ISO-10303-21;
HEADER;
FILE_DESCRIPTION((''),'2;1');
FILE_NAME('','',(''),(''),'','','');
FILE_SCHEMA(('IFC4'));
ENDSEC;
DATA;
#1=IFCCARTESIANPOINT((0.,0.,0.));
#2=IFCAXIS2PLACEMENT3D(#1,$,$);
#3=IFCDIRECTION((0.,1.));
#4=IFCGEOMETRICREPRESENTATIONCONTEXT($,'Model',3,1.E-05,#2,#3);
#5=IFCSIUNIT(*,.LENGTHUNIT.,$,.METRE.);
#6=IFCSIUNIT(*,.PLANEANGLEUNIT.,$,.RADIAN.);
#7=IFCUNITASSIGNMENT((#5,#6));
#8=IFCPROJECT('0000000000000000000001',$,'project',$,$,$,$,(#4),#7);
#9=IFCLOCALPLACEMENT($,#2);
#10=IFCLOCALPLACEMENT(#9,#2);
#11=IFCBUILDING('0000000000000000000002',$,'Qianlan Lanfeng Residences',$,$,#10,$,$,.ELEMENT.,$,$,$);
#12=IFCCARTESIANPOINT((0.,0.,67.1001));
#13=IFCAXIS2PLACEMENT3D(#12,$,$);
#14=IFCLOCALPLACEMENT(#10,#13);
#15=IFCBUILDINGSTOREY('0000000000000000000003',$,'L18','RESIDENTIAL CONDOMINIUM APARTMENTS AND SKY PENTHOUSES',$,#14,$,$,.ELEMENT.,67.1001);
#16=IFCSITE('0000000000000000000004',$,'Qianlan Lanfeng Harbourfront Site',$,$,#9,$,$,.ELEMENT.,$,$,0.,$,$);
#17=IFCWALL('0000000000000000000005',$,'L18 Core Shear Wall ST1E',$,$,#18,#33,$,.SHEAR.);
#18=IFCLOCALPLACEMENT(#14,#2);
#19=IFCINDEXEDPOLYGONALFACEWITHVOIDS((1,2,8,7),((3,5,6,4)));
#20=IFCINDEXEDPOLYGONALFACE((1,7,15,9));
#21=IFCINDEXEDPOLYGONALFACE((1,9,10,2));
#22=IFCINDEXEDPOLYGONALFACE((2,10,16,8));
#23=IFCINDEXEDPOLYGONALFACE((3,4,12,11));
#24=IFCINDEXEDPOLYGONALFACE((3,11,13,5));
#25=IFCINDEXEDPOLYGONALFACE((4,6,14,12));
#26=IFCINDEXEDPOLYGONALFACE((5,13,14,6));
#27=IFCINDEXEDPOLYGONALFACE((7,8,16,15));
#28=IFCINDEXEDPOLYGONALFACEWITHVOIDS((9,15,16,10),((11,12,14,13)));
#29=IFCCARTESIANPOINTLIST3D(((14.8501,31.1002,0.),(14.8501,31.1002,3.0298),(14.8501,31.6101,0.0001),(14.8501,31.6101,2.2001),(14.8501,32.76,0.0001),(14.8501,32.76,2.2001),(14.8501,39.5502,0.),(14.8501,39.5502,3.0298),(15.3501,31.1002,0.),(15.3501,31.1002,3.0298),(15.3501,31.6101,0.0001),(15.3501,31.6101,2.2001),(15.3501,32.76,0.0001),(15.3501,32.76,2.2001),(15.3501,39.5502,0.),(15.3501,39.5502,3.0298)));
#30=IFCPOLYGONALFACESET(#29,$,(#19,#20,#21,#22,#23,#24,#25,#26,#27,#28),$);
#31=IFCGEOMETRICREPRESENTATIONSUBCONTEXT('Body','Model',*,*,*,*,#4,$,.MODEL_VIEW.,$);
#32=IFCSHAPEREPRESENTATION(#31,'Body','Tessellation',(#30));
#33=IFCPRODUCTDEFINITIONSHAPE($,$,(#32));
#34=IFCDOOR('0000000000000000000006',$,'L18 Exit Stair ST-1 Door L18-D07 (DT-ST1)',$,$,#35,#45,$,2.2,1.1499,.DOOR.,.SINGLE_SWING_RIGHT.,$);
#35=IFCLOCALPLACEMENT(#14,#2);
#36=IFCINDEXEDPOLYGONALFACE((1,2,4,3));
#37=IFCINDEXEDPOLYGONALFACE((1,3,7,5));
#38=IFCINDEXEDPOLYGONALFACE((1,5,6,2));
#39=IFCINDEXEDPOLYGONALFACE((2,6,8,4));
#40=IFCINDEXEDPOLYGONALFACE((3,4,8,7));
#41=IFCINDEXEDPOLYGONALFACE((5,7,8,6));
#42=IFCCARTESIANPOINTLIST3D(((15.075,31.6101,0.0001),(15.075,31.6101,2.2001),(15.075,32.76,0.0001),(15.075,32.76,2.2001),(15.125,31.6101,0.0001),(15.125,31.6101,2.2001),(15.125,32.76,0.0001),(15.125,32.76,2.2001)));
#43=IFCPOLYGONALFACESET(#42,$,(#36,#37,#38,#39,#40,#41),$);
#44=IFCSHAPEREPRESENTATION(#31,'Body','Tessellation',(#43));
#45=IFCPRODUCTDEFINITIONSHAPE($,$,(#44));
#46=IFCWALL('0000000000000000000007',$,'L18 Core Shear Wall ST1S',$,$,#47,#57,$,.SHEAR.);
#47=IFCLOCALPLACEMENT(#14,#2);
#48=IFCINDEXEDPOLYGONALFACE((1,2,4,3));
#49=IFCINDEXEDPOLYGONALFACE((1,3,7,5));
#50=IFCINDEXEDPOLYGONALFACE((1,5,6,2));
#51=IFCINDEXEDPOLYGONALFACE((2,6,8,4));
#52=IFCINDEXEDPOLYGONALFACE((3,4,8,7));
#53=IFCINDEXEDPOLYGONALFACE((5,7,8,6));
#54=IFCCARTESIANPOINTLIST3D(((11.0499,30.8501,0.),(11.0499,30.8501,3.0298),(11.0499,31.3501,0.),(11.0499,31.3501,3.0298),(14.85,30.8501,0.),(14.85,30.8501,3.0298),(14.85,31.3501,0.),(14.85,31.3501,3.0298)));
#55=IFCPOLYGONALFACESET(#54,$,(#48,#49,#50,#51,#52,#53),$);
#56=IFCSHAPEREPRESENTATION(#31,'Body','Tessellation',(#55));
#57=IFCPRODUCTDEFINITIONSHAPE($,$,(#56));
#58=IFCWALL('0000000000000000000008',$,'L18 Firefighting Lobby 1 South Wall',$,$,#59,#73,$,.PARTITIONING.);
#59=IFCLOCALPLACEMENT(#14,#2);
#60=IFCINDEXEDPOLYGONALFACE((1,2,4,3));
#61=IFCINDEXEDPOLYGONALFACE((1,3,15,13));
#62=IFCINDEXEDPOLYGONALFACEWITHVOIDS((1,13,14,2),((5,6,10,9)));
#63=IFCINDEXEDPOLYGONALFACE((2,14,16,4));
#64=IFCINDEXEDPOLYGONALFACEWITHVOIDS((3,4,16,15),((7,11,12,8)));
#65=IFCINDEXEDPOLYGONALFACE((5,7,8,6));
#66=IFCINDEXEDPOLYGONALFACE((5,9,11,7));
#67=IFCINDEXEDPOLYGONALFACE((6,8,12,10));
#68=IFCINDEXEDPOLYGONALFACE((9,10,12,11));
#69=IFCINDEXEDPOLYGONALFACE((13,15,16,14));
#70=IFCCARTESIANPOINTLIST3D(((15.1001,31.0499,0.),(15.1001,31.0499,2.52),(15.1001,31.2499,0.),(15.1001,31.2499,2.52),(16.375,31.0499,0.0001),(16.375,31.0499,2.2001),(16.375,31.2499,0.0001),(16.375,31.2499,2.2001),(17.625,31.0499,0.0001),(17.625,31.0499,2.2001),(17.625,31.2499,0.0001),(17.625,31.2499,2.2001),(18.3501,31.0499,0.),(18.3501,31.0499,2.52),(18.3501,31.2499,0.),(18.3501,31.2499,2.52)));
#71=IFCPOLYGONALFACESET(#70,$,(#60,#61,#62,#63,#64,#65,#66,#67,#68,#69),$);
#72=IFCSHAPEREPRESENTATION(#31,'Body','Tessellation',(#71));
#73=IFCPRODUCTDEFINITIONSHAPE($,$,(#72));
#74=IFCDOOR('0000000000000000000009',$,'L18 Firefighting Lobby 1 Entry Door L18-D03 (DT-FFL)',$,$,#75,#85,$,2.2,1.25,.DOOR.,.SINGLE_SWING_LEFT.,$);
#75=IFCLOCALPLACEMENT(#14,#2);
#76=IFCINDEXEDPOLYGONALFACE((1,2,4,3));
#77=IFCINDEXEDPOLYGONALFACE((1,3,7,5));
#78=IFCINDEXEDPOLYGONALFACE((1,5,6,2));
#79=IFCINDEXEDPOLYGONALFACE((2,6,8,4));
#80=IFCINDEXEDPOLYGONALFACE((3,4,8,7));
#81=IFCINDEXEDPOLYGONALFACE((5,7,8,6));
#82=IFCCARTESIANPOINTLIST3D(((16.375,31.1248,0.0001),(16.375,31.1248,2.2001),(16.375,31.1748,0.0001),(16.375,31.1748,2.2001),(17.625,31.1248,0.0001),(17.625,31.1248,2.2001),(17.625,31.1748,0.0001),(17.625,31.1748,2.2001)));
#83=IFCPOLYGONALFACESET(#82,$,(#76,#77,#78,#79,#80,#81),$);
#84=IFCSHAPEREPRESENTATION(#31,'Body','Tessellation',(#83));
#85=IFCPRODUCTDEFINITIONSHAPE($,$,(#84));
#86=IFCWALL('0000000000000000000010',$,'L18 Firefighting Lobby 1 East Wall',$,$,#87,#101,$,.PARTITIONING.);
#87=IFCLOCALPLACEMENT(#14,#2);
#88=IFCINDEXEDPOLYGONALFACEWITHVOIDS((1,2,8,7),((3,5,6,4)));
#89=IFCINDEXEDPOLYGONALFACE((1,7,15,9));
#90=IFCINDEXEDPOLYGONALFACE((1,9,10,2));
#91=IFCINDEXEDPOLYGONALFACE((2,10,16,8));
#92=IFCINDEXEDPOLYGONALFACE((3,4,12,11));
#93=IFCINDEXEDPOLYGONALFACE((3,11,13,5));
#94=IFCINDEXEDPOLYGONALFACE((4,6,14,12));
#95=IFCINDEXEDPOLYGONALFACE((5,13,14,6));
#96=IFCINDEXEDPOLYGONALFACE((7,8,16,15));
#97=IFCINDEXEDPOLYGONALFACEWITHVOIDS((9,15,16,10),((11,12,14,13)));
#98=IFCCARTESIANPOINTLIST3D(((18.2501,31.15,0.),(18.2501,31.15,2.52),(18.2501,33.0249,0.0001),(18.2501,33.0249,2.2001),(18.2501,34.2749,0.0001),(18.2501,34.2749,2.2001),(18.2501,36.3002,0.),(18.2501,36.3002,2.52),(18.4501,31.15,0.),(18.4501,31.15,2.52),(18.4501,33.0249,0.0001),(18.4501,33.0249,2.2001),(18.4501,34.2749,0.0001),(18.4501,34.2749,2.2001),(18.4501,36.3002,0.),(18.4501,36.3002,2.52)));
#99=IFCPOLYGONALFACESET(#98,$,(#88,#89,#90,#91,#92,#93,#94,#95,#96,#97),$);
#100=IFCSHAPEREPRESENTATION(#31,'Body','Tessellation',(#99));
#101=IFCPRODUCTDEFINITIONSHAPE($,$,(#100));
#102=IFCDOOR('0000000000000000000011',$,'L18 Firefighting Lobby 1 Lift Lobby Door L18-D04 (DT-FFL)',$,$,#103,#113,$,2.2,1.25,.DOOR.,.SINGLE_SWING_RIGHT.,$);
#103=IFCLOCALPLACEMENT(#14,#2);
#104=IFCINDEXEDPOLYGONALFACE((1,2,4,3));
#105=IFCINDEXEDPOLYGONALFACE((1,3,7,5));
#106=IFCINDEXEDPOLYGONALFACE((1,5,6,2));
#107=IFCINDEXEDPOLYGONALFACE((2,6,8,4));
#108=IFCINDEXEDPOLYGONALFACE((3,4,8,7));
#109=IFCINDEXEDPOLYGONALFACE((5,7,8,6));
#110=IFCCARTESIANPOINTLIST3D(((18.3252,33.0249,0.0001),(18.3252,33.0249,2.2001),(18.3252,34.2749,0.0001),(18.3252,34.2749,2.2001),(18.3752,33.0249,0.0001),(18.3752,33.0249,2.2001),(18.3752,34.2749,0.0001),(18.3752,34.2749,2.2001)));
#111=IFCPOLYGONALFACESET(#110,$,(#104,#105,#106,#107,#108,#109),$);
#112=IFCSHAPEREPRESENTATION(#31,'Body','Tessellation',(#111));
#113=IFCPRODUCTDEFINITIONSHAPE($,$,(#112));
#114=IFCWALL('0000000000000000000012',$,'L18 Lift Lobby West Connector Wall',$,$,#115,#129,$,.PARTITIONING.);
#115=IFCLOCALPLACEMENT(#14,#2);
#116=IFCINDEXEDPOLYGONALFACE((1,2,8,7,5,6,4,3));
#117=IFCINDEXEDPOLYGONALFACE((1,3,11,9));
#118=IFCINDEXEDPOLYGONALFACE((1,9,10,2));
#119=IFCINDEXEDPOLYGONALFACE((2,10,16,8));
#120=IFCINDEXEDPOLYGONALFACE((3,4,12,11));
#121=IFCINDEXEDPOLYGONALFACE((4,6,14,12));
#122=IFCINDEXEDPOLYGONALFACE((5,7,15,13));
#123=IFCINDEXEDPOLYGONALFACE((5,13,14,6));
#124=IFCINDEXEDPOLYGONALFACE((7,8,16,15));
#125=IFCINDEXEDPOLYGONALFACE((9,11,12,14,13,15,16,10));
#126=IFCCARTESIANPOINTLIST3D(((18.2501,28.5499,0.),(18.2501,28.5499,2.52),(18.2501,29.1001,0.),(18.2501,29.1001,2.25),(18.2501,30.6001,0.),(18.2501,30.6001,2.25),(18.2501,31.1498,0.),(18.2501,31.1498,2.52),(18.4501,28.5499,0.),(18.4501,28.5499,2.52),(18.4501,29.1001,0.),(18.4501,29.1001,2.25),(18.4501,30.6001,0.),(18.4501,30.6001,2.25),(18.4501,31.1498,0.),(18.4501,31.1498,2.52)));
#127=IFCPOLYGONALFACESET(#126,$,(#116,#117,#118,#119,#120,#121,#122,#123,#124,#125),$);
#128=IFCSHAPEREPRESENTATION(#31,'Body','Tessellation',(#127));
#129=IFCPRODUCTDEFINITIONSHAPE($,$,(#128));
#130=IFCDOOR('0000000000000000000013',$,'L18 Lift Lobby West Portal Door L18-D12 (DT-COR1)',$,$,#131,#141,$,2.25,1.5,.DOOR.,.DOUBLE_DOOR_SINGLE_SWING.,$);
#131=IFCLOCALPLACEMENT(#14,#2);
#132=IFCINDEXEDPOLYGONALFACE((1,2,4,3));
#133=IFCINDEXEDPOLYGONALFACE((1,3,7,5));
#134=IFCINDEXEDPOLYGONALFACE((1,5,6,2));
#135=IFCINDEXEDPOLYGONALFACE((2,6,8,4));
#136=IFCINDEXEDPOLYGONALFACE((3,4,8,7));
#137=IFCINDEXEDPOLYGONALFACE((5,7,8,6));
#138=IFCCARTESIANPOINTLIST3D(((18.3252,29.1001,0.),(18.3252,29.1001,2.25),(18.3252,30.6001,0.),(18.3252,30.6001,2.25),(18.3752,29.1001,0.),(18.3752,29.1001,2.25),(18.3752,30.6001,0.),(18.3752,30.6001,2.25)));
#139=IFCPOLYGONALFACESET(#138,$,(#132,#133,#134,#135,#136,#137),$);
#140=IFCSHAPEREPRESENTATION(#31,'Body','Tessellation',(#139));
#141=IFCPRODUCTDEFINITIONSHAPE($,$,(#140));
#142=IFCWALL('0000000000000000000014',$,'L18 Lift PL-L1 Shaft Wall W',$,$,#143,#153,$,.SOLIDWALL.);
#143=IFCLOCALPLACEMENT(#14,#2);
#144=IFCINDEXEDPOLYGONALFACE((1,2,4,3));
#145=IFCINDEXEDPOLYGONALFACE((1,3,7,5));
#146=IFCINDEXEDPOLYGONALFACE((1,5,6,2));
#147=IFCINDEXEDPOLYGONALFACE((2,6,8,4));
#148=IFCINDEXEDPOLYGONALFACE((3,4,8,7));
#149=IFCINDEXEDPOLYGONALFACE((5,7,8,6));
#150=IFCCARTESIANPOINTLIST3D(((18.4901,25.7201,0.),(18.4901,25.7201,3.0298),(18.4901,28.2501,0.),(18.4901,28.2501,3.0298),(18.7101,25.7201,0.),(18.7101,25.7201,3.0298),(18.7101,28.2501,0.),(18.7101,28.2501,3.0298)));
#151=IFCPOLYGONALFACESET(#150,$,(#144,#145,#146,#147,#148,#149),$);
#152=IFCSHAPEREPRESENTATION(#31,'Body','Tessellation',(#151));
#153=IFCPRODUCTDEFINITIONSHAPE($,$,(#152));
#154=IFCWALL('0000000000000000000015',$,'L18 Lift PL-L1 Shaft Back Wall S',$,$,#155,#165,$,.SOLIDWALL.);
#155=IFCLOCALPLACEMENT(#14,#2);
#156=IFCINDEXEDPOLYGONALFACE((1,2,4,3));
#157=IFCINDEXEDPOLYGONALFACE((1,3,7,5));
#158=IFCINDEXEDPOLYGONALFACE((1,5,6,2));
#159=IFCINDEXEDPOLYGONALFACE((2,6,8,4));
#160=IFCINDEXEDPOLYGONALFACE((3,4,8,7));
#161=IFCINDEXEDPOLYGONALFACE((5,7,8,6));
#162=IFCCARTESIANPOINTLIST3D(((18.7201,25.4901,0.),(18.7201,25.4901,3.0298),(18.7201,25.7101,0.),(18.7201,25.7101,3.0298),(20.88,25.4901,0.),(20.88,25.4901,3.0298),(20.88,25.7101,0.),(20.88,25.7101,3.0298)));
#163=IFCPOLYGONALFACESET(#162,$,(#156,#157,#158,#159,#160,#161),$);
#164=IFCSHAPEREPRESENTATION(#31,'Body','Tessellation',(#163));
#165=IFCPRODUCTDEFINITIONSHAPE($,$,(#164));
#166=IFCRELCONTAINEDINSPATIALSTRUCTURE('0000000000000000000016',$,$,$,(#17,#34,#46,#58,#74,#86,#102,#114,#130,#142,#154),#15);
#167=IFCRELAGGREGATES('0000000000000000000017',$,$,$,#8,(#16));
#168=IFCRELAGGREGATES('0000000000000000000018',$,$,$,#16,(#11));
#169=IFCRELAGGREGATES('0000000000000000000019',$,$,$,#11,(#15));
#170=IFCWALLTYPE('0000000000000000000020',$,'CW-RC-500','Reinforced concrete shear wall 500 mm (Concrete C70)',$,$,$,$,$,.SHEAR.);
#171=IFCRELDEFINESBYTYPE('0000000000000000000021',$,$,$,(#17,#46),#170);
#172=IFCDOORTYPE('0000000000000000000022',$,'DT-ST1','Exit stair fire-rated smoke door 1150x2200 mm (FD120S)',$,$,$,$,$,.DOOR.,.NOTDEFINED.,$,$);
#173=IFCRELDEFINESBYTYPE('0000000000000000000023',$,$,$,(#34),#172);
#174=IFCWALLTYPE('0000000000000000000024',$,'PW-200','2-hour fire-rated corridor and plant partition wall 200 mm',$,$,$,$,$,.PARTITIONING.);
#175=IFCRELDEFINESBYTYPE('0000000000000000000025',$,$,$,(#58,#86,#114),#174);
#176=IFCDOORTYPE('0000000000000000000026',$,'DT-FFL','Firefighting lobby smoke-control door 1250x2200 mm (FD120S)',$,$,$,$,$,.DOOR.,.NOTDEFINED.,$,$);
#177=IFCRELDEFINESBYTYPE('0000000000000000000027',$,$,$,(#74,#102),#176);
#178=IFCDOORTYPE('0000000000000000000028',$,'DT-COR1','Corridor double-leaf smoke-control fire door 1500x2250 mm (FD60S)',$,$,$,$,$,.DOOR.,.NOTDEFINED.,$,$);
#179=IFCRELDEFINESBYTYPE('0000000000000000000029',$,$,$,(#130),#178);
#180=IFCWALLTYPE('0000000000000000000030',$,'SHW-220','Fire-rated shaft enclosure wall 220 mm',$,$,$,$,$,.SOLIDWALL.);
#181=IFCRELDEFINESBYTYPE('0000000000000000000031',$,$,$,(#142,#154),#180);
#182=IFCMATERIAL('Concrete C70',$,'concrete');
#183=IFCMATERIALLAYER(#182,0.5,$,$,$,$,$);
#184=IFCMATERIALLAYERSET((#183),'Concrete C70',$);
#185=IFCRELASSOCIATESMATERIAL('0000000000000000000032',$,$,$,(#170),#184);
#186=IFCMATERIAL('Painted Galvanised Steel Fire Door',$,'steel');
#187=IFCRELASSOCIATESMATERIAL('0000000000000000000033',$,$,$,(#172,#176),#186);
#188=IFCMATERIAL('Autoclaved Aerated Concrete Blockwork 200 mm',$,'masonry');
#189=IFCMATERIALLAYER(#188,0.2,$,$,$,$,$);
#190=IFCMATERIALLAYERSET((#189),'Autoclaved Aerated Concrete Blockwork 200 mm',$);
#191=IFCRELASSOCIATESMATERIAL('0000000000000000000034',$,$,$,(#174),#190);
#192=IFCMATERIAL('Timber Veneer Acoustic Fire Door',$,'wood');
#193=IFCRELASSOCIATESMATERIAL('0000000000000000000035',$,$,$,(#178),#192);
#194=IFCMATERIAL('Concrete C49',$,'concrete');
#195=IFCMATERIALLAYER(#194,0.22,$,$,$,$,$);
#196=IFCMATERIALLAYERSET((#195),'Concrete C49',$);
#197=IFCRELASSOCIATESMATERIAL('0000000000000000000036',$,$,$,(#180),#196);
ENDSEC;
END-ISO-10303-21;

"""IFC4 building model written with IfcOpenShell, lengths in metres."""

from ifc_helpers import new_model, si_unit, direction, frame, frame_2d, origin, place, context, subcontext, project, spatial, rectangle, extrude, material, layer, layer_set, type_object, element, fill, save


model = new_model("IFC4")

# Units and contexts
model_context = context("Model", 3, precision=1e-05, world=origin(), true_north=direction((0.0, 1.0)))
body_context = subcontext(model_context, "Body", "Model", "MODEL_VIEW")
ifc_project = project(units=[si_unit("LENGTHUNIT", "METRE"), si_unit("PLANEANGLEUNIT", "RADIAN")], contexts=[model_context])

# Site, building, storey
site_placement = place(None, origin())
site = spatial("IfcSite", under=ifc_project, at=site_placement, Name="Qianlan Lanfeng Harbourfront Site", CompositionType="ELEMENT", RefElevation=0.0)
building_placement = place(site_placement, origin())
building = spatial("IfcBuilding", under=site, at=building_placement, Name="Qianlan Lanfeng Residences", CompositionType="ELEMENT")
storey_placement = place(building_placement, frame((0.0, 0.0, 67.1001)))
storey = spatial("IfcBuildingStorey", under=building, at=storey_placement, Name="L18", Description="RESIDENTIAL CONDOMINIUM APARTMENTS AND SKY PENTHOUSES", CompositionType="ELEMENT", Elevation=67.1001)

# Wall, opening, door
ifc_material_1 = material(Name="Concrete C70", Category="concrete")
ifc_layer_1 = layer(ifc_material_1, 0.5)
ifc_layer_set_1 = layer_set([ifc_layer_1], Name="Concrete C70")
wall_type_1 = type_object("IfcWallType", Name="CW-RC-500", Description="Reinforced concrete shear wall 500 mm (Concrete C70)", PredefinedType="SHEAR", material=ifc_layer_set_1)
wall_1_placement = place(storey_placement, frame((15.1001, 31.1001, 0.0), z_axis=(0.0, 0.0, 1.0), x_axis=(0.0, 1.0, 0.0)))
wall_1 = element("IfcWall", 1, at=wall_1_placement, inside=storey, type_object=wall_type_1, Name="L18 Core Shear Wall ST1E", PredefinedType="SHEAR", context=body_context, shape_type="SweptSolid", body=[
    extrude(rectangle(XDim=8.45, YDim=0.5, at=frame_2d((4.2251, 0.0))), origin(), (0.0, 0.0, 1.0), 3.0298),
])
opening_1_placement = place(wall_1_placement, frame((0.51, 0.0, 0.0)))
opening_1 = element("IfcOpeningElement", 2, at=opening_1_placement, cuts=wall_1, PredefinedType="OPENING", context=body_context, shape_type="SweptSolid", body=[
    extrude(rectangle(XDim=1.1499, YDim=2.2, at=frame_2d((0.575, 1.1001))), frame((0.0, 0.26, 0.0), z_axis=(0.0, -1.0, 0.0), x_axis=(1.0, 0.0, 0.0)), (0.0, 0.0, 1.0), 0.52),
])
ifc_material_2 = material(Name="Painted Galvanised Steel Fire Door", Category="steel")
door_type_1 = type_object("IfcDoorType", Name="DT-ST1", Description="Exit stair fire-rated smoke door 1150x2200 mm (FD120S)", OperationType="NOTDEFINED", PredefinedType="DOOR", material=ifc_material_2)
door_1_placement = place(opening_1_placement, frame((1.1499, 0.0, 0.0), z_axis=(0.0, 0.0, 1.0), x_axis=(-1.0, 0.0, 0.0)))
door_1 = element("IfcDoor", 3, at=door_1_placement, inside=storey, type_object=door_type_1, Name="L18 Exit Stair ST-1 Door L18-D07 (DT-ST1)", OperationType="SINGLE_SWING_RIGHT", OverallHeight=2.2, OverallWidth=1.1499, PredefinedType="DOOR", context=body_context, shape_type="SweptSolid", body=[
    extrude(rectangle(XDim=1.1499, YDim=2.2, at=frame_2d((0.575, 1.1001))), frame((0.0, 0.0249, 0.0), z_axis=(0.0, -1.0, 0.0), x_axis=(1.0, 0.0, 0.0)), (0.0, 0.0, 1.0), 0.05),
])
fill(opening_1, door_1)

# Wall
wall_2_placement = place(storey_placement, frame((11.05, 31.1001, 0.0), z_axis=(0.0, 0.0, 1.0), x_axis=(1.0, 0.0, 0.0)))
element("IfcWall", 4, at=wall_2_placement, inside=storey, type_object=wall_type_1, Name="L18 Core Shear Wall ST1S", PredefinedType="SHEAR", context=body_context, shape_type="SweptSolid", body=[
    extrude(rectangle(XDim=3.8, YDim=0.5, at=frame_2d((1.8999, 0.0))), origin(), (0.0, 0.0, 1.0), 3.0298),
])

# Walls, openings, doors
ifc_material_3 = material(Name="Autoclaved Aerated Concrete Blockwork 200 mm", Category="masonry")
ifc_layer_2 = layer(ifc_material_3, 0.2)
ifc_layer_set_2 = layer_set([ifc_layer_2], Name="Autoclaved Aerated Concrete Blockwork 200 mm")
wall_type_2 = type_object("IfcWallType", Name="PW-200", Description="2-hour fire-rated corridor and plant partition wall 200 mm", PredefinedType="PARTITIONING", material=ifc_layer_set_2)
wall_3_placement = place(storey_placement, frame((15.1001, 31.1499, 0.0), z_axis=(0.0, 0.0, 1.0), x_axis=(1.0, 0.0, 0.0)))
wall_3 = element("IfcWall", 5, at=wall_3_placement, inside=storey, type_object=wall_type_2, Name="L18 Firefighting Lobby 1 South Wall", PredefinedType="PARTITIONING", context=body_context, shape_type="SweptSolid", body=[
    extrude(rectangle(XDim=3.25, YDim=0.2, at=frame_2d((1.625, 0.0))), origin(), (0.0, 0.0, 1.0), 2.52),
])
opening_2_placement = place(wall_3_placement, frame((1.2749, 0.0, 0.0)))
opening_2 = element("IfcOpeningElement", 6, at=opening_2_placement, cuts=wall_3, PredefinedType="OPENING", context=body_context, shape_type="SweptSolid", body=[
    extrude(rectangle(XDim=1.25, YDim=2.2, at=frame_2d((0.625, 1.1001))), frame((0.0, 0.1099, 0.0), z_axis=(0.0, -1.0, 0.0), x_axis=(1.0, 0.0, 0.0)), (0.0, 0.0, 1.0), 0.22),
])
door_type_2 = type_object("IfcDoorType", Name="DT-FFL", Description="Firefighting lobby smoke-control door 1250x2200 mm (FD120S)", OperationType="NOTDEFINED", PredefinedType="DOOR", material=ifc_material_2)
door_2_placement = place(opening_2_placement, origin())
door_2 = element("IfcDoor", 7, at=door_2_placement, inside=storey, type_object=door_type_2, Name="L18 Firefighting Lobby 1 Entry Door L18-D03 (DT-FFL)", OperationType="SINGLE_SWING_LEFT", OverallHeight=2.2, OverallWidth=1.25, PredefinedType="DOOR", context=body_context, shape_type="SweptSolid", body=[
    extrude(rectangle(XDim=1.25, YDim=2.2, at=frame_2d((0.625, 1.1001))), frame((0.0, 0.0249, 0.0), z_axis=(0.0, -1.0, 0.0), x_axis=(1.0, 0.0, 0.0)), (0.0, 0.0, 1.0), 0.05),
])
fill(opening_2, door_2)
wall_4_placement = place(storey_placement, frame((18.3501, 31.1499, 0.0), z_axis=(0.0, 0.0, 1.0), x_axis=(0.0, 1.0, 0.0)))
wall_4 = element("IfcWall", 8, at=wall_4_placement, inside=storey, type_object=wall_type_2, Name="L18 Firefighting Lobby 1 East Wall", PredefinedType="PARTITIONING", context=body_context, shape_type="SweptSolid", body=[
    extrude(rectangle(XDim=5.1501, YDim=0.2, at=frame_2d((2.5752, 0.0))), origin(), (0.0, 0.0, 1.0), 2.52),
])
opening_3_placement = place(wall_4_placement, frame((1.875, 0.0, 0.0)))
opening_3 = element("IfcOpeningElement", 9, at=opening_3_placement, cuts=wall_4, PredefinedType="OPENING", context=body_context, shape_type="SweptSolid", body=[
    extrude(rectangle(XDim=1.25, YDim=2.2, at=frame_2d((0.625, 1.1001))), frame((0.0, 0.1099, 0.0), z_axis=(0.0, -1.0, 0.0), x_axis=(1.0, 0.0, 0.0)), (0.0, 0.0, 1.0), 0.22),
])
door_3_placement = place(opening_3_placement, origin())
door_3 = element("IfcDoor", 10, at=door_3_placement, inside=storey, type_object=door_type_2, Name="L18 Firefighting Lobby 1 Lift Lobby Door L18-D04 (DT-FFL)", OperationType="SINGLE_SWING_RIGHT", OverallHeight=2.2, OverallWidth=1.25, PredefinedType="DOOR", context=body_context, shape_type="SweptSolid", body=[
    extrude(rectangle(XDim=1.25, YDim=2.2, at=frame_2d((0.625, 1.1001))), frame((0.0, 0.0249, 0.0), z_axis=(0.0, -1.0, 0.0), x_axis=(1.0, 0.0, 0.0)), (0.0, 0.0, 1.0), 0.05),
])
fill(opening_3, door_3)
wall_5_placement = place(storey_placement, frame((18.3501, 28.55, 0.0), z_axis=(0.0, 0.0, 1.0), x_axis=(0.0, 1.0, 0.0)))
wall_5 = element("IfcWall", 11, at=wall_5_placement, inside=storey, type_object=wall_type_2, Name="L18 Lift Lobby West Connector Wall", PredefinedType="PARTITIONING", context=body_context, shape_type="SweptSolid", body=[
    extrude(rectangle(XDim=2.5999, YDim=0.2, at=frame_2d((1.2998, 0.0))), origin(), (0.0, 0.0, 1.0), 2.52),
])
opening_4_placement = place(wall_5_placement, frame((0.55, 0.0, 0.0)))
opening_4 = element("IfcOpeningElement", 12, at=opening_4_placement, cuts=wall_5, PredefinedType="OPENING", context=body_context, shape_type="SweptSolid", body=[
    extrude(rectangle(XDim=1.5, YDim=2.25, at=frame_2d((0.75, 1.125))), frame((0.0, 0.1099, 0.0), z_axis=(0.0, -1.0, 0.0), x_axis=(1.0, 0.0, 0.0)), (0.0, 0.0, 1.0), 0.22),
])
ifc_material_4 = material(Name="Timber Veneer Acoustic Fire Door", Category="wood")
door_type_3 = type_object("IfcDoorType", Name="DT-COR1", Description="Corridor double-leaf smoke-control fire door 1500x2250 mm (FD60S)", OperationType="NOTDEFINED", PredefinedType="DOOR", material=ifc_material_4)
door_4_placement = place(opening_4_placement, origin())
door_4 = element("IfcDoor", 13, at=door_4_placement, inside=storey, type_object=door_type_3, Name="L18 Lift Lobby West Portal Door L18-D12 (DT-COR1)", OperationType="DOUBLE_DOOR_SINGLE_SWING", OverallHeight=2.25, OverallWidth=1.5, PredefinedType="DOOR", context=body_context, shape_type="SweptSolid", body=[
    extrude(rectangle(XDim=1.5, YDim=2.25, at=frame_2d((0.75, 1.125))), frame((0.0, 0.0249, 0.0), z_axis=(0.0, -1.0, 0.0), x_axis=(1.0, 0.0, 0.0)), (0.0, 0.0, 1.0), 0.05),
])
fill(opening_4, door_4)

# Walls
ifc_material_5 = material(Name="Concrete C49", Category="concrete")
ifc_layer_3 = layer(ifc_material_5, 0.22)
ifc_layer_set_3 = layer_set([ifc_layer_3], Name="Concrete C49")
wall_type_3 = type_object("IfcWallType", Name="SHW-220", Description="Fire-rated shaft enclosure wall 220 mm", PredefinedType="SOLIDWALL", material=ifc_layer_set_3)
wall_6_placement = place(storey_placement, frame((18.6001, 25.72, 0.0), z_axis=(0.0, 0.0, 1.0), x_axis=(0.0, 1.0, 0.0)))
element("IfcWall", 14, at=wall_6_placement, inside=storey, type_object=wall_type_3, Name="L18 Lift PL-L1 Shaft Wall W", PredefinedType="SOLIDWALL", context=body_context, shape_type="SweptSolid", body=[
    extrude(rectangle(XDim=2.53, YDim=0.22, at=frame_2d((1.2651, 0.0))), origin(), (0.0, 0.0, 1.0), 3.0298),
])
wall_7_placement = place(storey_placement, frame((18.72, 25.6001, 0.0), z_axis=(0.0, 0.0, 1.0), x_axis=(1.0, 0.0, 0.0)))
element("IfcWall", 15, at=wall_7_placement, inside=storey, type_object=wall_type_3, Name="L18 Lift PL-L1 Shaft Back Wall S", PredefinedType="SOLIDWALL", context=body_context, shape_type="SweptSolid", body=[
    extrude(rectangle(XDim=2.1599, YDim=0.22, at=frame_2d((1.0801, 0.0))), origin(), (0.0, 0.0, 1.0), 3.0298),
])

save(model, "model.ifc")
